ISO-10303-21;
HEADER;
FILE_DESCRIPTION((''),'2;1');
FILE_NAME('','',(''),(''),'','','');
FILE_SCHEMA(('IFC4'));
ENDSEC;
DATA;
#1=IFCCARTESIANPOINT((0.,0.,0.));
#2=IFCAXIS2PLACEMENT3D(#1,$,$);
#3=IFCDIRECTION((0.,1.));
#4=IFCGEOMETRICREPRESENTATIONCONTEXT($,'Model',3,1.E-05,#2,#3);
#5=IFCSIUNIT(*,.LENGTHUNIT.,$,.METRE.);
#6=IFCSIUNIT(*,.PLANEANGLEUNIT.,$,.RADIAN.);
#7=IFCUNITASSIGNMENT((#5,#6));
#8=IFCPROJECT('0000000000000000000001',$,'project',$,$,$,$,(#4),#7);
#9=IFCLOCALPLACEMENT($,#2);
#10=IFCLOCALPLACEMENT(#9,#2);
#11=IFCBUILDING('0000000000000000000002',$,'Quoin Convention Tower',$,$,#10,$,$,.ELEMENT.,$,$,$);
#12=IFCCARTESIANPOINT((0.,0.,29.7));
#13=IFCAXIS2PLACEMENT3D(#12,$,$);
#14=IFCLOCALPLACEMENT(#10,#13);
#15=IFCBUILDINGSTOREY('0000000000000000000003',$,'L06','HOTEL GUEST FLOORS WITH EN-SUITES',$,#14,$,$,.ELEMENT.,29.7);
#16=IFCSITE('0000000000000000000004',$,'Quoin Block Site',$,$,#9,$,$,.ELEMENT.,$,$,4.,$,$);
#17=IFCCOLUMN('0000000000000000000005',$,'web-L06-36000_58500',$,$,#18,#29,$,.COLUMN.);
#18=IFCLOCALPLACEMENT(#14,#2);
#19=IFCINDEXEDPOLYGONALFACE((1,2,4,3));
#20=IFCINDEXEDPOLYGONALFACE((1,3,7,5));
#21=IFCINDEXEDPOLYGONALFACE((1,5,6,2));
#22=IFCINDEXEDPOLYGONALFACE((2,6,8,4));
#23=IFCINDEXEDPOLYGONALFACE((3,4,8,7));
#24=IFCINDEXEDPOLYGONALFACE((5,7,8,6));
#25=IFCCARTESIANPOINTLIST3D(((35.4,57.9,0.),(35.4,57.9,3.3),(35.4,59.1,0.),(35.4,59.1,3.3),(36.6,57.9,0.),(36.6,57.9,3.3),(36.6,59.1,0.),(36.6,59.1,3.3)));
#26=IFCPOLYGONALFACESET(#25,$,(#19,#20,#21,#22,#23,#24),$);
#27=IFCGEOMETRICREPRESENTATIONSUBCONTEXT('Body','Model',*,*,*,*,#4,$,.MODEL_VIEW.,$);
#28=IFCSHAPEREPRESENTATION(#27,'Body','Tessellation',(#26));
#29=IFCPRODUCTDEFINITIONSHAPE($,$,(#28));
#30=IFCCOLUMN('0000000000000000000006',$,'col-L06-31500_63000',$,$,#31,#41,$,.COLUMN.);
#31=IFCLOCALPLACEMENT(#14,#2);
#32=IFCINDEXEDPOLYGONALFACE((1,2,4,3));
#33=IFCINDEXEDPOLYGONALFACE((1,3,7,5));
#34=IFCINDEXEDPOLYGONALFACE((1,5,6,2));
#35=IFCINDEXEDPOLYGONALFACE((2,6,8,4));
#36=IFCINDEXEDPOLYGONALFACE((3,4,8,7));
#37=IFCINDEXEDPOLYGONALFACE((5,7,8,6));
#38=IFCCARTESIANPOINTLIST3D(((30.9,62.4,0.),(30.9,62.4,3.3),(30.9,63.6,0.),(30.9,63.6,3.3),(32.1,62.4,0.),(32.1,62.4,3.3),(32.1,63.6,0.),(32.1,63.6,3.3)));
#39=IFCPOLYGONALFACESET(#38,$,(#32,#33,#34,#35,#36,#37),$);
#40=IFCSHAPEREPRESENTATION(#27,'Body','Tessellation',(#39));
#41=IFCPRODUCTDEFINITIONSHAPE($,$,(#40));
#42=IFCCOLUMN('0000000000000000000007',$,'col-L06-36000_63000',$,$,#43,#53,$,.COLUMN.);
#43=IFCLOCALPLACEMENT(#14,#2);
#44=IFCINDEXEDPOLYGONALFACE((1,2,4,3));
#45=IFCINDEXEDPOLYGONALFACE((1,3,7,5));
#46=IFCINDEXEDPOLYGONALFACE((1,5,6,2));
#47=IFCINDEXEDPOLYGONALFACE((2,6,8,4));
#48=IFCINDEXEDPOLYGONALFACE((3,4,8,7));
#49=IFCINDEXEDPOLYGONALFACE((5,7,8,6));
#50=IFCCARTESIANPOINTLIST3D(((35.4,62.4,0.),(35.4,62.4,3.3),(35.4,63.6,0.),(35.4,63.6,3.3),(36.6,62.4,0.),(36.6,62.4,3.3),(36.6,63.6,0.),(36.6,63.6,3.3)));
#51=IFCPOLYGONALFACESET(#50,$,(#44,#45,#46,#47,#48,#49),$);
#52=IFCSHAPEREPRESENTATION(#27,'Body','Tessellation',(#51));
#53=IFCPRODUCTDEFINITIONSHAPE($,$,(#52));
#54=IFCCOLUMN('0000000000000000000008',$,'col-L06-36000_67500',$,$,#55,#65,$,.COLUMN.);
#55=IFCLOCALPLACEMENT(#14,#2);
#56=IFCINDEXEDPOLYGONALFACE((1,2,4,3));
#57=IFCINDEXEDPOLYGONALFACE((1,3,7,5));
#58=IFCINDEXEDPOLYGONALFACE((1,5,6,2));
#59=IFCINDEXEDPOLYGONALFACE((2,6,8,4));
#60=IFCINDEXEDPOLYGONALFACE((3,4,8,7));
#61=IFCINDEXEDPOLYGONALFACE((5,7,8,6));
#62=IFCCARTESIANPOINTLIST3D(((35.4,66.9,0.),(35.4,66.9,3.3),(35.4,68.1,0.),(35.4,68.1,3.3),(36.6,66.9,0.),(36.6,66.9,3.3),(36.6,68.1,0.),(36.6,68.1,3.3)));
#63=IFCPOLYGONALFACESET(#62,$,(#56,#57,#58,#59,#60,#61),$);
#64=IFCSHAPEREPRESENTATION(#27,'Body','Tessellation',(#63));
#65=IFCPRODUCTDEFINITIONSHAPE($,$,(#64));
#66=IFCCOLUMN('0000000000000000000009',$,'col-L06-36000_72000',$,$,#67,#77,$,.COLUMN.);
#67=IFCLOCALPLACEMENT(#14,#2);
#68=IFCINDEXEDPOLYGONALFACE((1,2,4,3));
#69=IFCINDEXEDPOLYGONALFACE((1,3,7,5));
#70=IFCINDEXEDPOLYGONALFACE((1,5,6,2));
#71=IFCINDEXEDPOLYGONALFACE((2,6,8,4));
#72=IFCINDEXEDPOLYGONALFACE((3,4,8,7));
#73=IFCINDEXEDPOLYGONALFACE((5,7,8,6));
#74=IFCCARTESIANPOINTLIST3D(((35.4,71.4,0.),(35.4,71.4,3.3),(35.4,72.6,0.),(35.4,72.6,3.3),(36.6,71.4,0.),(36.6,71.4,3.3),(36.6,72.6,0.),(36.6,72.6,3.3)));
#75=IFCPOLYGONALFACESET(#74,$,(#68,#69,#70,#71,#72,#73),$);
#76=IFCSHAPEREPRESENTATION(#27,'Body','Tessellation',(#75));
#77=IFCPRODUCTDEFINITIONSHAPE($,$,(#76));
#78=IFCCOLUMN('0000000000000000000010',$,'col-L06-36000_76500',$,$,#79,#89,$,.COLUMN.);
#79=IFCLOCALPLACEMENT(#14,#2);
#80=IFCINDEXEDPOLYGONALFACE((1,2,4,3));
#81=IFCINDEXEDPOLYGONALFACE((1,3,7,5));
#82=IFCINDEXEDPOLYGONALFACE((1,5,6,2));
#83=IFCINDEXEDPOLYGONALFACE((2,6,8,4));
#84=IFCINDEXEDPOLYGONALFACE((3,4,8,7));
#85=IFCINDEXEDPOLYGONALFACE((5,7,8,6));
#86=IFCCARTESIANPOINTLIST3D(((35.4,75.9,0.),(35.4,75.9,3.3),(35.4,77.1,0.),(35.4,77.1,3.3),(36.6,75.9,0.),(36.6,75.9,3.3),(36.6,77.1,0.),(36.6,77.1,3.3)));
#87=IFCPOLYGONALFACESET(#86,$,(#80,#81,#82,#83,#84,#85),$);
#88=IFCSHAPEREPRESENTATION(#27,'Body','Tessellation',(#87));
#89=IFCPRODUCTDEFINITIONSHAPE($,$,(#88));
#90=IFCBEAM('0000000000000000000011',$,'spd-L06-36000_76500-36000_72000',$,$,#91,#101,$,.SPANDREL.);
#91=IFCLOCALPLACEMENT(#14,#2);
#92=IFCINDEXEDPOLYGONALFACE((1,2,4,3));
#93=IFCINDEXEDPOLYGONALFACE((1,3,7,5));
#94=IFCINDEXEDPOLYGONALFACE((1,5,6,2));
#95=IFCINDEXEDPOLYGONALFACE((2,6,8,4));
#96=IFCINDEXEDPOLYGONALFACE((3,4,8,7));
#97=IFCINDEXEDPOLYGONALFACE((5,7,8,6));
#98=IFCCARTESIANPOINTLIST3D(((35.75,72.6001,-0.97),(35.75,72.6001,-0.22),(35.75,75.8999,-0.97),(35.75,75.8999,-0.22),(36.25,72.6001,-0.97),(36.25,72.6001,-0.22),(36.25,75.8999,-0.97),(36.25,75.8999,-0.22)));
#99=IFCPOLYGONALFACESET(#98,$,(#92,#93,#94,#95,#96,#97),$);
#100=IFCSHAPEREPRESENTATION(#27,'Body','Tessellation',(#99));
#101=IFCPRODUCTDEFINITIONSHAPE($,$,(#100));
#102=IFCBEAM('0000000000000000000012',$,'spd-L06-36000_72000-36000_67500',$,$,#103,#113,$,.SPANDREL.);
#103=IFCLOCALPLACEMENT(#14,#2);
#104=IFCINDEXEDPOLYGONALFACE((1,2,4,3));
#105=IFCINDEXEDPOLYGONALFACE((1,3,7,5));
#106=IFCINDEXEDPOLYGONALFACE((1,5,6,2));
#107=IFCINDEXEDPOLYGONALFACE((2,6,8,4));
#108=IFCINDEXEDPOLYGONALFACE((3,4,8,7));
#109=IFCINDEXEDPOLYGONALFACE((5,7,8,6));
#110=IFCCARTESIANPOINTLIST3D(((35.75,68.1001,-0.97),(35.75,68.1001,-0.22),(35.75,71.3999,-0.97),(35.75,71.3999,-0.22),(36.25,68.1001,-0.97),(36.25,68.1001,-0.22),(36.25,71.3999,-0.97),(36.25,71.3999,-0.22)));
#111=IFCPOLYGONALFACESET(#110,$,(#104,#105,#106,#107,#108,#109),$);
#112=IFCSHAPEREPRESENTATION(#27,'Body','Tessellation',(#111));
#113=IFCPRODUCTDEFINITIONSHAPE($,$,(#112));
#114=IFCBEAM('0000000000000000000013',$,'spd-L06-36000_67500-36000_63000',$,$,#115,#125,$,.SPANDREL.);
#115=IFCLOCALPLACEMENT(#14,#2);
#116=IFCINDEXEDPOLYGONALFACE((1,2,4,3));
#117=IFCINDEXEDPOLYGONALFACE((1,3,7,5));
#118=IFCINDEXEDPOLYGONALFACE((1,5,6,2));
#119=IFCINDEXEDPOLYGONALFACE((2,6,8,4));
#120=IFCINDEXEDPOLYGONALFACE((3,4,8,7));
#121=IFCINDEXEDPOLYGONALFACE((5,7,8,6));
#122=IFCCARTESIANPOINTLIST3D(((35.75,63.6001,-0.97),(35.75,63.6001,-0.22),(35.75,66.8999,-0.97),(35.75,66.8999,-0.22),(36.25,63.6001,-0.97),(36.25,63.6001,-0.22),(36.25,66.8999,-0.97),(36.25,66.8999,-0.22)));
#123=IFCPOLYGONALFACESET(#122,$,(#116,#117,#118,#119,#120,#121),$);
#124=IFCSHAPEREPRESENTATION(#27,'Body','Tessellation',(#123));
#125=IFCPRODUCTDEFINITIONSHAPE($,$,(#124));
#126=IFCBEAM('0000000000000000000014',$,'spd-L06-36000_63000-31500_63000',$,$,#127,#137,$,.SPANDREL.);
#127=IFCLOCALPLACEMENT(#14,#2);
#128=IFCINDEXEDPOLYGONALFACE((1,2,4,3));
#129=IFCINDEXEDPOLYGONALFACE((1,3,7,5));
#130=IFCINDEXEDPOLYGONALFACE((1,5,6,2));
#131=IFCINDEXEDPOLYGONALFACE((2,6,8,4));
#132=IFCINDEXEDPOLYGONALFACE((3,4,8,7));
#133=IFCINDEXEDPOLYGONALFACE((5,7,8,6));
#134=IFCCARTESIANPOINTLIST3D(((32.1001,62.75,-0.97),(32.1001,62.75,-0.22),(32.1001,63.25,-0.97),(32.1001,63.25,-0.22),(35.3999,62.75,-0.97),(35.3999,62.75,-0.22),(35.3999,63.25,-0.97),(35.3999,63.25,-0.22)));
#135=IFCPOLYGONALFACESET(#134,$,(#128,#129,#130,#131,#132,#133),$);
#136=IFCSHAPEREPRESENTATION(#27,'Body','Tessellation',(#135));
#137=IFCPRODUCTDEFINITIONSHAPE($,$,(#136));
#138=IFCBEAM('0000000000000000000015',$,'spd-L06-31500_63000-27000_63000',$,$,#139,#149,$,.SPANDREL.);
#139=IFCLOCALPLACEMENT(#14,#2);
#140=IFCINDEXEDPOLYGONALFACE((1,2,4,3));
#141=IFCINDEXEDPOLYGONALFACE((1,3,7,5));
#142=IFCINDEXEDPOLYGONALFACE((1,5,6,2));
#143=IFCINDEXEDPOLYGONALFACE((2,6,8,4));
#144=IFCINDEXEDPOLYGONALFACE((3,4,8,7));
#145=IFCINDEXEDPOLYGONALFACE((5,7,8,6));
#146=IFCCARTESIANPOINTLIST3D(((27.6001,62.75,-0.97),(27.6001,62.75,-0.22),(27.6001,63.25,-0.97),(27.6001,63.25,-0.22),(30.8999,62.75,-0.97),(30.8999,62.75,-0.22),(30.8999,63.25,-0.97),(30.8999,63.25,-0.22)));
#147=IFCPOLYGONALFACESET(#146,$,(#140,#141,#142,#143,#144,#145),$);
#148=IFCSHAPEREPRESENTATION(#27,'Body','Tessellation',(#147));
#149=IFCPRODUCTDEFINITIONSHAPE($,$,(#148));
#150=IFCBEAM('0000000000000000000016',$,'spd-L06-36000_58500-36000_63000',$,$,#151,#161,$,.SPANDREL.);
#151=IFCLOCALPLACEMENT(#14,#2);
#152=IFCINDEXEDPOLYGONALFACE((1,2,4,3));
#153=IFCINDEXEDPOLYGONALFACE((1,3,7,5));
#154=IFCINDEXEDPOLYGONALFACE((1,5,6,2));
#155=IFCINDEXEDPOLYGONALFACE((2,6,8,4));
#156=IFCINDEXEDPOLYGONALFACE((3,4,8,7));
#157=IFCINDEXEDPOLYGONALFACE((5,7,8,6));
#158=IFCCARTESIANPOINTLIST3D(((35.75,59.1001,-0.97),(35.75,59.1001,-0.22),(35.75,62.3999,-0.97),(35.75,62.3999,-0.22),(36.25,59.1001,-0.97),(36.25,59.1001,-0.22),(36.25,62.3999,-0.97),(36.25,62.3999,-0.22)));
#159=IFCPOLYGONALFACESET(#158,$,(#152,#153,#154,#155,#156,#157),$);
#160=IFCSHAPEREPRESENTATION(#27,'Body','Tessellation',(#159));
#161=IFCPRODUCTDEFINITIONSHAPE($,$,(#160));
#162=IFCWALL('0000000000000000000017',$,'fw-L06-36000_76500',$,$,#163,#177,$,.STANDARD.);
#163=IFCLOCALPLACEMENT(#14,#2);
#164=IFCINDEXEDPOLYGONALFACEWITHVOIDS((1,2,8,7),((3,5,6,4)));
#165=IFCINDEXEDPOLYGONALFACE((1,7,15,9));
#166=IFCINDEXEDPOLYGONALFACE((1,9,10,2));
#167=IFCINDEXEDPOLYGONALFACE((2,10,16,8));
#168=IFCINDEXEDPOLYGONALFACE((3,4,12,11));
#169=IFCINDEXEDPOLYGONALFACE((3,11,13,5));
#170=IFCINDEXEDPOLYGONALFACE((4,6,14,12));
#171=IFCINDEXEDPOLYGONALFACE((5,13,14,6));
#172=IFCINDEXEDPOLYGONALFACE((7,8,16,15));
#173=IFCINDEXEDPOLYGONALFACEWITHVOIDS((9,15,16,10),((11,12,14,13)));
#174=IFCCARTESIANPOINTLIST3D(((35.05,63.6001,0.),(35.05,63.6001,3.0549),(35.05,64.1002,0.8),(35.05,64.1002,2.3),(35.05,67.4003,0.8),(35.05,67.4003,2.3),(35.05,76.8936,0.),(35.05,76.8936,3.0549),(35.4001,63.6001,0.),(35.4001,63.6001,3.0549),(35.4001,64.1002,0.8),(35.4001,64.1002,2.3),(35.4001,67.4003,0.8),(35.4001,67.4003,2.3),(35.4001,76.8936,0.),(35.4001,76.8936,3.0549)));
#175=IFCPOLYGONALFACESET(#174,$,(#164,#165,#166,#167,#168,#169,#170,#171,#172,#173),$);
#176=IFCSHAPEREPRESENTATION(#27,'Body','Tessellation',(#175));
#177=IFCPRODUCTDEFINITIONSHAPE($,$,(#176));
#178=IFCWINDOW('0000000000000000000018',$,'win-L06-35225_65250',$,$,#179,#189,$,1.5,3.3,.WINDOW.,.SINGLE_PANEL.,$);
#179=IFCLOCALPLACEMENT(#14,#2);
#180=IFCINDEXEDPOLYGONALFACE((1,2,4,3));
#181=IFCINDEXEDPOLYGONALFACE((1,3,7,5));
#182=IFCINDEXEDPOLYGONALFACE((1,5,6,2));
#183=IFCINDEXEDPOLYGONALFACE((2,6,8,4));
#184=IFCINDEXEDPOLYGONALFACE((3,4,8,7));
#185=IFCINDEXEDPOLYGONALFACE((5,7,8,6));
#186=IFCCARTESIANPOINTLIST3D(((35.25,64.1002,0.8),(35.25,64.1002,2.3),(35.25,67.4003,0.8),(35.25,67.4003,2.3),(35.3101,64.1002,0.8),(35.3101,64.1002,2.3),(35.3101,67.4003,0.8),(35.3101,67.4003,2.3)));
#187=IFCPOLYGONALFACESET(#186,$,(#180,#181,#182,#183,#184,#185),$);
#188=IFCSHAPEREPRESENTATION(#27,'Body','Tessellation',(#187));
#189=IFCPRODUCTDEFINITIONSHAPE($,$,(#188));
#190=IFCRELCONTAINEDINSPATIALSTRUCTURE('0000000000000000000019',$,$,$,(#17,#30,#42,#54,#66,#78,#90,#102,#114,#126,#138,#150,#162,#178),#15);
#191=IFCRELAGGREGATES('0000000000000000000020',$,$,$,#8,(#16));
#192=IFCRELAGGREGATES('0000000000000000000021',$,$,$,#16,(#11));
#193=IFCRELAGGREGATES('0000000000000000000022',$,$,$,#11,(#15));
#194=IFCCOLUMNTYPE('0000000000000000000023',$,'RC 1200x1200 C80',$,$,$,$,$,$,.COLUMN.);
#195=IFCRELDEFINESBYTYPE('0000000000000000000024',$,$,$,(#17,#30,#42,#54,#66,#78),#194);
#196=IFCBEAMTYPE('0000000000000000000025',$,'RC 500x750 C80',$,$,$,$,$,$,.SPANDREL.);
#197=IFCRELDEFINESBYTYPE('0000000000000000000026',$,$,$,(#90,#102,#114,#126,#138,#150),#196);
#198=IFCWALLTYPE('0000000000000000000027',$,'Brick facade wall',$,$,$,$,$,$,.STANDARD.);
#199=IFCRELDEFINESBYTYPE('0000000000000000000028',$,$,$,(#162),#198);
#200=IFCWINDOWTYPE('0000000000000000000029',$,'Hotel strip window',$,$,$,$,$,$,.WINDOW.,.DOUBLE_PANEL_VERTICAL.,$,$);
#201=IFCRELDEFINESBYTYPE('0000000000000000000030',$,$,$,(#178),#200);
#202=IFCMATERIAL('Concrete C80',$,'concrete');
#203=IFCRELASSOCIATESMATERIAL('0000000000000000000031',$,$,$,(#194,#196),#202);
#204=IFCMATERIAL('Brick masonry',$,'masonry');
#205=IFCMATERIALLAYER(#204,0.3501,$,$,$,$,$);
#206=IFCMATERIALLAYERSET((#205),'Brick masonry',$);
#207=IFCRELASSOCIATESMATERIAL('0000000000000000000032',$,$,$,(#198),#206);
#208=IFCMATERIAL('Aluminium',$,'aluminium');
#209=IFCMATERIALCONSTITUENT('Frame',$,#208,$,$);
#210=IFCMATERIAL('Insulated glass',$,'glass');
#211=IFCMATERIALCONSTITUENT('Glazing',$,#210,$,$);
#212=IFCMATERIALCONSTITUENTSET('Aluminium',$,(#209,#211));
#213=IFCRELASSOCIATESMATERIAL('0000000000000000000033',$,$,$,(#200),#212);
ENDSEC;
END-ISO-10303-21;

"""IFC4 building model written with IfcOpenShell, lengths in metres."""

from ifc_helpers import new_model, si_unit, direction, frame, frame_2d, origin, origin_2d, place, context, subcontext, project, spatial, rectangle, extrude, material, layer, layer_set, constituent, constituent_set, material_profile, profile_set, type_object, element, fill, save


model = new_model("IFC4")

# Units and contexts
model_context = context("Model", 3, precision=1e-05, world=origin(), true_north=direction((0.0, 1.0)))
body_context = subcontext(model_context, "Body", "Model", "MODEL_VIEW")
ifc_project = project(units=[si_unit("LENGTHUNIT", "METRE"), si_unit("PLANEANGLEUNIT", "RADIAN")], contexts=[model_context])

# Site, building, storey
site_placement = place(None, origin())
site = spatial("IfcSite", under=ifc_project, at=site_placement, Name="Quoin Block Site", CompositionType="ELEMENT", RefElevation=4.0)
building_placement = place(site_placement, origin())
building = spatial("IfcBuilding", under=site, at=building_placement, Name="Quoin Convention Tower", CompositionType="ELEMENT")
storey_placement = place(building_placement, frame((0.0, 0.0, 29.7)))
storey = spatial("IfcBuildingStorey", under=building, at=storey_placement, Name="L06", Description="HOTEL GUEST FLOORS WITH EN-SUITES", CompositionType="ELEMENT", Elevation=29.7)

# Columns
ifc_material_1 = material(Name="Concrete C80", Category="concrete")
ifc_material_profile_1 = material_profile(ifc_material_1, rectangle(XDim=1.2, YDim=1.2, at=origin_2d()), Name="RC 1200x1200")
ifc_profile_set_1 = profile_set([ifc_material_profile_1], Name="Concrete C80")
column_type = type_object("IfcColumnType", Name="RC 1200x1200 C80", PredefinedType="COLUMN", material=ifc_profile_set_1)
for number, where, z_axis, x_axis, name in (
    (1, (36.0, 58.5, 0.0), (0.0, 0.0, 1.0), (1.0, 0.0, 0.0), "web-L06-36000_58500"),
    (2, (31.5, 63.0, 0.0), (0.0, 0.0, 1.0), (1.0, 0.0, 0.0), "col-L06-31500_63000"),
    (3, (36.0, 63.0, 0.0), (0.0, 0.0, 1.0), (1.0, 0.0, 0.0), "col-L06-36000_63000"),
    (4, (36.0, 67.5, 0.0), (0.0, 0.0, 1.0), (1.0, 0.0, 0.0), "col-L06-36000_67500"),
    (5, (36.0, 72.0, 0.0), (0.0, 0.0, 1.0), (1.0, 0.0, 0.0), "col-L06-36000_72000"),
    (6, (36.0, 76.5, 0.0), (0.0, 0.0, 1.0), (1.0, 0.0, 0.0), "col-L06-36000_76500"),
):
    element("IfcColumn", number, at=place(storey_placement, frame(where, z_axis=z_axis, x_axis=x_axis)), inside=storey, type_object=column_type, Name=name, PredefinedType="COLUMN", context=body_context, shape_type="SweptSolid", body=[
        extrude(rectangle(XDim=1.2, YDim=1.2, at=origin_2d()), origin(), (0.0, 0.0, 1.0), 3.3),
    ])

# Beams
ifc_material_profile_2 = material_profile(ifc_material_1, rectangle(XDim=0.5, YDim=0.75, at=origin_2d()), Name="RC 500x750")
ifc_profile_set_2 = profile_set([ifc_material_profile_2], Name="Concrete C80")
beam_type = type_object("IfcBeamType", Name="RC 500x750 C80", PredefinedType="SPANDREL", material=ifc_profile_set_2)
for number, where, z_axis, x_axis, name in (
    (7, (36.0, 75.8999, -0.595), (0.0, -1.0, 0.0), (1.0, 0.0, 0.0), "spd-L06-36000_76500-36000_72000"),
    (8, (36.0, 71.3999, -0.595), (0.0, -1.0, 0.0), (1.0, 0.0, 0.0), "spd-L06-36000_72000-36000_67500"),
    (9, (36.0, 66.8999, -0.595), (0.0, -1.0, 0.0), (1.0, 0.0, 0.0), "spd-L06-36000_67500-36000_63000"),
    (10, (35.3999, 63.0, -0.595), (-1.0, 0.0, 0.0), (0.0, -1.0, 0.0), "spd-L06-36000_63000-31500_63000"),
    (11, (30.8999, 63.0, -0.595), (-1.0, 0.0, 0.0), (0.0, -1.0, 0.0), "spd-L06-31500_63000-27000_63000"),
    (12, (36.0, 59.1001, -0.595), (0.0, 1.0, 0.0), (-1.0, 0.0, 0.0), "spd-L06-36000_58500-36000_63000"),
):
    element("IfcBeam", number, at=place(storey_placement, frame(where, z_axis=z_axis, x_axis=x_axis)), inside=storey, type_object=beam_type, Name=name, PredefinedType="SPANDREL", context=body_context, shape_type="SweptSolid", body=[
        extrude(rectangle(XDim=0.5, YDim=0.75, at=origin_2d()), origin(), (0.0, 0.0, 1.0), 3.2998),
    ])

# Wall, opening, window
ifc_material_2 = material(Name="Brick masonry", Category="masonry")
ifc_layer = layer(ifc_material_2, 0.3501)
ifc_layer_set = layer_set([ifc_layer], Name="Brick masonry")
wall_type = type_object("IfcWallType", Name="Brick facade wall", PredefinedType="STANDARD", material=ifc_layer_set)
wall_1_placement = place(storey_placement, frame((35.2251, 76.8936, 0.0), z_axis=(0.0, 0.0, 1.0), x_axis=(0.0, -1.0, 0.0)))
wall_1 = element("IfcWall", 13, at=wall_1_placement, inside=storey, type_object=wall_type, Name="fw-L06-36000_76500", PredefinedType="STANDARD", context=body_context, shape_type="SweptSolid", body=[
    extrude(rectangle(XDim=13.2935, YDim=0.3501, at=frame_2d((6.6467, 0.0))), origin(), (0.0, 0.0, 1.0), 3.0549),
])
opening_1_placement = place(wall_1_placement, frame((9.4934, 0.0, 0.8)))
opening_1 = element("IfcOpeningElement", 14, at=opening_1_placement, cuts=wall_1, PredefinedType="OPENING", context=body_context, shape_type="SweptSolid", body=[
    extrude(rectangle(XDim=3.3, YDim=1.5, at=frame_2d((1.6499, 0.75))), frame((0.0, 0.1851, 0.0), z_axis=(0.0, -1.0, 0.0), x_axis=(1.0, 0.0, 0.0)), (0.0, 0.0, 1.0), 0.3701),
])
ifc_material_3 = material(Name="Aluminium", Category="aluminium")
ifc_constituent_1 = constituent(ifc_material_3, Name="Frame")
ifc_material_4 = material(Name="Insulated glass", Category="glass")
ifc_constituent_2 = constituent(ifc_material_4, Name="Glazing")
ifc_constituent_set = constituent_set(constituents=[ifc_constituent_1, ifc_constituent_2], Name="Aluminium")
window_type = type_object("IfcWindowType", Name="Hotel strip window", PartitioningType="DOUBLE_PANEL_VERTICAL", PredefinedType="WINDOW", material=ifc_constituent_set)
window_1_placement = place(opening_1_placement, origin())
window_1 = element("IfcWindow", 15, at=window_1_placement, inside=storey, type_object=window_type, Name="win-L06-35225_65250", OverallHeight=1.5, OverallWidth=3.3, PartitioningType="SINGLE_PANEL", PredefinedType="WINDOW", context=body_context, shape_type="SweptSolid", body=[
    extrude(rectangle(XDim=3.3, YDim=1.5, at=frame_2d((1.6499, 0.75))), frame((0.0, 0.085, 0.0), z_axis=(0.0, -1.0, 0.0), x_axis=(1.0, 0.0, 0.0)), (0.0, 0.0, 1.0), 0.0601),
])
fill(opening_1, window_1)

save(model, "model.ifc")
